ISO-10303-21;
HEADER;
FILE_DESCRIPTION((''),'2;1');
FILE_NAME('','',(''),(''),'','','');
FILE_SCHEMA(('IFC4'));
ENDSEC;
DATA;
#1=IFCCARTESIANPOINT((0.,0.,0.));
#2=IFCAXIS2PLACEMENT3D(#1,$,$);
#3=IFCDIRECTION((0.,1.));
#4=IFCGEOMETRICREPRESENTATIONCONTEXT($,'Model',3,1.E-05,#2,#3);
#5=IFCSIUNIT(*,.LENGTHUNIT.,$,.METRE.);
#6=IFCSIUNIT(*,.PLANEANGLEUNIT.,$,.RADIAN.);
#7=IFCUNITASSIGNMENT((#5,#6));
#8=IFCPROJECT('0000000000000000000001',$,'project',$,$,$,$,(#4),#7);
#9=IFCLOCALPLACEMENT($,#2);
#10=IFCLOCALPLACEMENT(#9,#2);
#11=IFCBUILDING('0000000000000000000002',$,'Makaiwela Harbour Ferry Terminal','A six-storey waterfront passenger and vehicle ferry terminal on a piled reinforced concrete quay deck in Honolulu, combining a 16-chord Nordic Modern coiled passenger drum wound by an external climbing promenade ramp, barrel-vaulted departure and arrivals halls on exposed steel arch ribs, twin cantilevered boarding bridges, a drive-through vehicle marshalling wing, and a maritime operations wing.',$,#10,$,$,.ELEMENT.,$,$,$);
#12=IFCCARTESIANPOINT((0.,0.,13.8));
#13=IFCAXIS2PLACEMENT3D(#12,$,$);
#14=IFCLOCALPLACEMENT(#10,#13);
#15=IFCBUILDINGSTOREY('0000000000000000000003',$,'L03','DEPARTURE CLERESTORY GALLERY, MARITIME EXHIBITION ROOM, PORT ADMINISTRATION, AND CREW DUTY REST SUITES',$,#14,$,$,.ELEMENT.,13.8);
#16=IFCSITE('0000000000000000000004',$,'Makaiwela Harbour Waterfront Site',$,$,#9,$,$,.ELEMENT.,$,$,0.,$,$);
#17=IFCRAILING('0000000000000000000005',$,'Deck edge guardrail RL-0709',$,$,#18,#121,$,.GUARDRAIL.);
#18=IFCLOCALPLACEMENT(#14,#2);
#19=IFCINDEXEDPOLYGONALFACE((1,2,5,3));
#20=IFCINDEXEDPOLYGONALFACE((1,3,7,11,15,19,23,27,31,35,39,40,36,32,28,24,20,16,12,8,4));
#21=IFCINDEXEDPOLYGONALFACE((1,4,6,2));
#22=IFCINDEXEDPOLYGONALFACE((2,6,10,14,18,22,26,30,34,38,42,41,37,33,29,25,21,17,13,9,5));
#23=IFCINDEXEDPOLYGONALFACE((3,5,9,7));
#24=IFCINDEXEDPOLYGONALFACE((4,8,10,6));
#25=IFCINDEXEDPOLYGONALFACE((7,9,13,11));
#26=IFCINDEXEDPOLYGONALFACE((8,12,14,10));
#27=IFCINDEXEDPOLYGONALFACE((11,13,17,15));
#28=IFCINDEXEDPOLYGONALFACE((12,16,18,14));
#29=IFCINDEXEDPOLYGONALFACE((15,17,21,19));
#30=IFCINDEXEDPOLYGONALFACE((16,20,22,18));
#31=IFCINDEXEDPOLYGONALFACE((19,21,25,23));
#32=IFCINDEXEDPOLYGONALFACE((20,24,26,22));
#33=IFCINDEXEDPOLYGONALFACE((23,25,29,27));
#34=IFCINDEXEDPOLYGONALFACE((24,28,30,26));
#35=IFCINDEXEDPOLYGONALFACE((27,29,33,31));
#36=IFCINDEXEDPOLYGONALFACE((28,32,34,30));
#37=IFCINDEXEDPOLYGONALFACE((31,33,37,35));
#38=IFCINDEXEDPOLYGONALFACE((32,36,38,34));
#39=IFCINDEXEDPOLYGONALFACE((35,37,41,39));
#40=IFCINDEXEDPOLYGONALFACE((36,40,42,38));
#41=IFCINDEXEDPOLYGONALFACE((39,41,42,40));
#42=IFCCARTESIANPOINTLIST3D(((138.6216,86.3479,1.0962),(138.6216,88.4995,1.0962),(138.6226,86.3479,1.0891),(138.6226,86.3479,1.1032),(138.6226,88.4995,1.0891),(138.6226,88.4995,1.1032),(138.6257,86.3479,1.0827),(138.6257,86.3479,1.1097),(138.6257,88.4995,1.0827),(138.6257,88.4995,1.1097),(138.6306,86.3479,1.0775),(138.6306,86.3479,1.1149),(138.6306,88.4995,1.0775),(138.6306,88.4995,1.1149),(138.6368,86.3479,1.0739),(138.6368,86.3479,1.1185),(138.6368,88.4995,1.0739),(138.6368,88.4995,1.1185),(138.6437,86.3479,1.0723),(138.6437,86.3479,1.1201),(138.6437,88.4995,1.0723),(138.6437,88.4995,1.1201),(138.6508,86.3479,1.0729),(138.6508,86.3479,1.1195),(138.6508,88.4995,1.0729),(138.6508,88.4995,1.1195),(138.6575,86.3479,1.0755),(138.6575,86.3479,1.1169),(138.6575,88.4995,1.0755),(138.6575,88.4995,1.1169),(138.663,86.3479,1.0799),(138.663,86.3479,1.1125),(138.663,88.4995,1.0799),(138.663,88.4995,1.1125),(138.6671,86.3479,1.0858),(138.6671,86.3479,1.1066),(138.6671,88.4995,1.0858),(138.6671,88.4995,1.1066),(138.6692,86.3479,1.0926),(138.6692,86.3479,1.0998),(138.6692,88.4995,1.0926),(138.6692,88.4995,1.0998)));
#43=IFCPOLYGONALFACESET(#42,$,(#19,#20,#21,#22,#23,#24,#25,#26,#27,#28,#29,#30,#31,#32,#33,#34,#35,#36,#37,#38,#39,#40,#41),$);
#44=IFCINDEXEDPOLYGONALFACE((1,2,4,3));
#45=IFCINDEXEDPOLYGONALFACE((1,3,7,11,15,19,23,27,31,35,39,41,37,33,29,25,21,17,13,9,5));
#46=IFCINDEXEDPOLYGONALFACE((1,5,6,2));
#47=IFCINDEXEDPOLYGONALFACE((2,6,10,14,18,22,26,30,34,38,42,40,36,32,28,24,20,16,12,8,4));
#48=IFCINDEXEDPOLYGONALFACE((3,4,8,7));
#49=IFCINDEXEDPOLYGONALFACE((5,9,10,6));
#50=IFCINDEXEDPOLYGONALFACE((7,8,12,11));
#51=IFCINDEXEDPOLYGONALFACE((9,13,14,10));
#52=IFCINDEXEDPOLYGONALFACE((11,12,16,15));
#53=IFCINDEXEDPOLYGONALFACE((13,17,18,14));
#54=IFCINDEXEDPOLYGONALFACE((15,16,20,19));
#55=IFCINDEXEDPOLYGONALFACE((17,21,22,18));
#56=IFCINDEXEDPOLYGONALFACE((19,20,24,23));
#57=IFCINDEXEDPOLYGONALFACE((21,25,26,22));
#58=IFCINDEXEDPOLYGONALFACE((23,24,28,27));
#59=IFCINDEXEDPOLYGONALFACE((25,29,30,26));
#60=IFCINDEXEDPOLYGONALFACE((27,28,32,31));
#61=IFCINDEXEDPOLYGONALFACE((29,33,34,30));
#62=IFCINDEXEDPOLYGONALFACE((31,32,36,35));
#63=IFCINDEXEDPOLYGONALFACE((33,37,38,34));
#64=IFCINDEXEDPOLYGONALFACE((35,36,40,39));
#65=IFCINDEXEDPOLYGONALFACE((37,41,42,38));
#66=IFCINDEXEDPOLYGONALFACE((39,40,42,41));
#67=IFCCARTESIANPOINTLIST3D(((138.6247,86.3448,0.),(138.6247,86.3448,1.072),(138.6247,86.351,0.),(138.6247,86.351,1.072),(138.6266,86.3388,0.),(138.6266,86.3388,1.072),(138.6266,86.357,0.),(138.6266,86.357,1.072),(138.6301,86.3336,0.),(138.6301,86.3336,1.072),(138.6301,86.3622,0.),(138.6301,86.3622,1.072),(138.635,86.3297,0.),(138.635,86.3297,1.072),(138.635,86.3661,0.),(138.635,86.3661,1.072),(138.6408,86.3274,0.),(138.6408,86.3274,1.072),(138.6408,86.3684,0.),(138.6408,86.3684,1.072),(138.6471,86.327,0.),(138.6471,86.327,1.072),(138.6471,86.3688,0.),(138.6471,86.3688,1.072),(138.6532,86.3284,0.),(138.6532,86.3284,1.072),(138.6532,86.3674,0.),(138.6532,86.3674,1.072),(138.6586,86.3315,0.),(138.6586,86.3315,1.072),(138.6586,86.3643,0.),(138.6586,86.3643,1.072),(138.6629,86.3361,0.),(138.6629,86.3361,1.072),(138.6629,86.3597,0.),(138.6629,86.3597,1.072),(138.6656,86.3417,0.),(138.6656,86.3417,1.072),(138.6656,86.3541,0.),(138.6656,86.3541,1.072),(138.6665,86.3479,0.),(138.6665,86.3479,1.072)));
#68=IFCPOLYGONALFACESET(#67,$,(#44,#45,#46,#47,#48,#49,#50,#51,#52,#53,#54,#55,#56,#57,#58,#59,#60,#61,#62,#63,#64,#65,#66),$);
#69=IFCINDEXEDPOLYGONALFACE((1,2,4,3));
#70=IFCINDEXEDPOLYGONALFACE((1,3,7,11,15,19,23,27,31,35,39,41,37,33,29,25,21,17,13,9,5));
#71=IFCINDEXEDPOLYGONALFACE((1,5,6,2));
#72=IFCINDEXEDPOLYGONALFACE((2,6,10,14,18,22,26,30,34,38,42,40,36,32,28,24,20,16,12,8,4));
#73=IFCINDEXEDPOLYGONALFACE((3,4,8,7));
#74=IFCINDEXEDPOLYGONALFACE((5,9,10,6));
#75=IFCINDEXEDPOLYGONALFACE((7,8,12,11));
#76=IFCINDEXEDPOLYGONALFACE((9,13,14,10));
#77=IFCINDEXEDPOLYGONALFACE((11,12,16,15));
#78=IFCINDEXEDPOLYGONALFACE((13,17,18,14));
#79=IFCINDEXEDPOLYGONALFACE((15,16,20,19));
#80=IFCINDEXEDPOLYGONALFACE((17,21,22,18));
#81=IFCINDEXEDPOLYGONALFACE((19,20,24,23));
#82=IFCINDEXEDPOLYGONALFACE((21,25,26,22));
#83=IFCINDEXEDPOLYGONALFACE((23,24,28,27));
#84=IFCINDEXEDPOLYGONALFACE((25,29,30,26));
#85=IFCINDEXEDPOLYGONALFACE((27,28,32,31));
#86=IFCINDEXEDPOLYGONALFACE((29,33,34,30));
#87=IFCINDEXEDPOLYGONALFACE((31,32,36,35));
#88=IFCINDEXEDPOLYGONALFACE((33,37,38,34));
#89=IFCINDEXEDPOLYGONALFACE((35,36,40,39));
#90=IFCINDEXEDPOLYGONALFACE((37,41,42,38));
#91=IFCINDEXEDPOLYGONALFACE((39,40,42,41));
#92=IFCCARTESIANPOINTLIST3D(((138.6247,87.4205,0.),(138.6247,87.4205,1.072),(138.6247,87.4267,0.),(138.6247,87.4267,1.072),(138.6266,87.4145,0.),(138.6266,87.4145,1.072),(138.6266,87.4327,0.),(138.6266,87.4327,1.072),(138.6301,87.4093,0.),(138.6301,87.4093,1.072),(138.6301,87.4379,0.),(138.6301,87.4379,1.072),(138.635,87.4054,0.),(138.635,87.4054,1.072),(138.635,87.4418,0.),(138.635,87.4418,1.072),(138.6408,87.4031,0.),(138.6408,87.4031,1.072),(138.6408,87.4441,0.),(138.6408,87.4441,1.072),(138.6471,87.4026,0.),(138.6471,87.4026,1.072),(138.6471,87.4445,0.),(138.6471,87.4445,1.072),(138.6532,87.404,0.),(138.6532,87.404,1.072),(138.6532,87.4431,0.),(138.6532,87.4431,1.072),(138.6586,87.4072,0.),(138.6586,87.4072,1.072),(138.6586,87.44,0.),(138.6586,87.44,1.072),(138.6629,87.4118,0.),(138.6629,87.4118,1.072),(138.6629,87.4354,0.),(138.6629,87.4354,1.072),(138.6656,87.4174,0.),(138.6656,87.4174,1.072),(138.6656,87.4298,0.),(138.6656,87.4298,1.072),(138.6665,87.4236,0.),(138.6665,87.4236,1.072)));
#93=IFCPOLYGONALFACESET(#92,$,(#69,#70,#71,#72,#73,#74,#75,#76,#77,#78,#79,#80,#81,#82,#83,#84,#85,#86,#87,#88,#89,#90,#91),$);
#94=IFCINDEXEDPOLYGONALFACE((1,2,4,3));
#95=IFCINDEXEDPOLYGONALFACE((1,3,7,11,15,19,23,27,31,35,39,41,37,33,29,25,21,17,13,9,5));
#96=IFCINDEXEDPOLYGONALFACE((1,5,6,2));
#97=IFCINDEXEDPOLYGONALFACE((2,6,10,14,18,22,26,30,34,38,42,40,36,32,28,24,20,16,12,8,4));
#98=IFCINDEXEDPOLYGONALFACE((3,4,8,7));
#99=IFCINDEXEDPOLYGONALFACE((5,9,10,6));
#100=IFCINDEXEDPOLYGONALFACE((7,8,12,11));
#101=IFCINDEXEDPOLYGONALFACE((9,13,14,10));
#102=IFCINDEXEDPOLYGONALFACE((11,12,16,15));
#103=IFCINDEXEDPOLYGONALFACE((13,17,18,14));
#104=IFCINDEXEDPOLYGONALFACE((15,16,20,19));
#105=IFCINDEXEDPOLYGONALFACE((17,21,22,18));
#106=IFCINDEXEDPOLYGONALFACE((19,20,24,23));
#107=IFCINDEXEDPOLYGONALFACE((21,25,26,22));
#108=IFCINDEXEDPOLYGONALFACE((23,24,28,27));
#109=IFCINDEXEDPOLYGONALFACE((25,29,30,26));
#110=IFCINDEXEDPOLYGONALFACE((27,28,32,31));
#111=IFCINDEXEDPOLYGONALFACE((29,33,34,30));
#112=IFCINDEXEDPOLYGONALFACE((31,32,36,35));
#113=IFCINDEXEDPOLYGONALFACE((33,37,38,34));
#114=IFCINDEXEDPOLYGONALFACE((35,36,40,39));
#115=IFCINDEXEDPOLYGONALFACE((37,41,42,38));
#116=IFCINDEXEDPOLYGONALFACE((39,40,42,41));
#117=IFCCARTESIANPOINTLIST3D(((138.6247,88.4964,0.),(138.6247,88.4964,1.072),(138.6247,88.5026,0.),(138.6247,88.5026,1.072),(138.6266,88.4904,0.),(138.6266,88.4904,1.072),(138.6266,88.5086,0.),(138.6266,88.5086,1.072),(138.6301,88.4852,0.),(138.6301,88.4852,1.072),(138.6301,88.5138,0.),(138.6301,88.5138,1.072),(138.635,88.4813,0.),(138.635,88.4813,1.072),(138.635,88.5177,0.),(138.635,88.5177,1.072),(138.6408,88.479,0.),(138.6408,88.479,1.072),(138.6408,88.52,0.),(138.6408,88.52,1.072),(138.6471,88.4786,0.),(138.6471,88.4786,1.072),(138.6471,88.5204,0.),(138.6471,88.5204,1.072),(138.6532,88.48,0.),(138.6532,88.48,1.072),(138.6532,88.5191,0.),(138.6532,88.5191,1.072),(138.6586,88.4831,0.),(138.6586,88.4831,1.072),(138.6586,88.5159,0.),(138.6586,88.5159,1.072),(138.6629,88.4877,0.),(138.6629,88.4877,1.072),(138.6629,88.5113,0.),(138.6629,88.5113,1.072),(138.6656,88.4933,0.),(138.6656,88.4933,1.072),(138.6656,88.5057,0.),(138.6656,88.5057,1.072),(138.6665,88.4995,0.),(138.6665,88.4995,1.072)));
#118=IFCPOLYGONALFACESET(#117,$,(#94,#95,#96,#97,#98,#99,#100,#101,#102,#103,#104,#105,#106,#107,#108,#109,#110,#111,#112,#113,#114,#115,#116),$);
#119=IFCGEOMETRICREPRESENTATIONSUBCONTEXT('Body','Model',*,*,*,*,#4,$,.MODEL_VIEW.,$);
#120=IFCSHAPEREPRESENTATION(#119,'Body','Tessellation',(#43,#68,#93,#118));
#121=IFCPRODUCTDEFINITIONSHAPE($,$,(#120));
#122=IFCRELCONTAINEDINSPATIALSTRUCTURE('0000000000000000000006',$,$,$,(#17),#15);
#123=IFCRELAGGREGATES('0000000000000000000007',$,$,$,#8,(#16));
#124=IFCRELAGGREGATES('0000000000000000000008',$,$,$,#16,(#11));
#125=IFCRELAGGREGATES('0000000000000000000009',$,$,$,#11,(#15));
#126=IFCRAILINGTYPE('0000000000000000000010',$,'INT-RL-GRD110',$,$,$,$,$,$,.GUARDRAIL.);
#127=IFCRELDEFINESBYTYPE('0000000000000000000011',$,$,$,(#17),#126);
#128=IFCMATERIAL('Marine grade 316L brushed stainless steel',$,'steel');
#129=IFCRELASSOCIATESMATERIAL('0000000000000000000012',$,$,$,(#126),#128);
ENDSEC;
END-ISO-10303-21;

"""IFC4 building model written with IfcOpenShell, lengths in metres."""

from ifc_helpers import new_model, si_unit, direction, frame, origin, origin_2d, place, context, subcontext, project, spatial, circle, extrude, material, type_object, element, save


model = new_model("IFC4")

# Units and contexts
model_context = context("Model", 3, precision=1e-05, world=origin(), true_north=direction((0.0, 1.0)))
body_context = subcontext(model_context, "Body", "Model", "MODEL_VIEW")
ifc_project = project(units=[si_unit("LENGTHUNIT", "METRE"), si_unit("PLANEANGLEUNIT", "RADIAN")], contexts=[model_context])

# Site, building, storey
site_placement = place(None, origin())
site = spatial("IfcSite", under=ifc_project, at=site_placement, Name="Makaiwela Harbour Waterfront Site", CompositionType="ELEMENT", RefElevation=0.0)
building_placement = place(site_placement, origin())
building = spatial("IfcBuilding", under=site, at=building_placement, Name="Makaiwela Harbour Ferry Terminal", Description="A six-storey waterfront passenger and vehicle ferry terminal on a piled reinforced concrete quay deck in Honolulu, combining a 16-chord Nordic Modern coiled passenger drum wound by an external climbing promenade ramp, barrel-vaulted departure and arrivals halls on exposed steel arch ribs, twin cantilevered boarding bridges, a drive-through vehicle marshalling wing, and a maritime operations wing.", CompositionType="ELEMENT")
storey_placement = place(building_placement, frame((0.0, 0.0, 13.8)))
storey = spatial("IfcBuildingStorey", under=building, at=storey_placement, Name="L03", Description="DEPARTURE CLERESTORY GALLERY, MARITIME EXHIBITION ROOM, PORT ADMINISTRATION, AND CREW DUTY REST SUITES", CompositionType="ELEMENT", Elevation=13.8)

# Railing
ifc_material_1 = material(Name="Marine grade 316L brushed stainless steel", Category="steel")
railing_type = type_object("IfcRailingType", Name="INT-RL-GRD110", PredefinedType="GUARDRAIL", material=ifc_material_1)
railing_1_placement = place(storey_placement, frame((138.6455, 86.3479, 0.0)))
element("IfcRailing", 1, at=railing_1_placement, inside=storey, type_object=railing_type, Name="Deck edge guardrail RL-0709", PredefinedType="GUARDRAIL", context=body_context, shape_type="SweptSolid", body=[
    extrude(circle(Radius=0.0239, at=origin_2d()), frame((0.0, 0.0, 1.0962), z_axis=(0.0, 1.0, 0.0), x_axis=(-1.0, 0.0, 0.0)), (0.0, 0.0, 1.0), 2.1516),
    extrude(circle(Radius=0.021, at=origin_2d()), origin(), (0.0, 0.0, 1.0), 1.072),
    extrude(circle(Radius=0.021, at=origin_2d()), frame((0.0, 1.0757, 0.0)), (0.0, 0.0, 1.0), 1.072),
    extrude(circle(Radius=0.021, at=origin_2d()), frame((0.0, 2.1516, 0.0)), (0.0, 0.0, 1.0), 1.072),
])

save(model, "model.ifc")
